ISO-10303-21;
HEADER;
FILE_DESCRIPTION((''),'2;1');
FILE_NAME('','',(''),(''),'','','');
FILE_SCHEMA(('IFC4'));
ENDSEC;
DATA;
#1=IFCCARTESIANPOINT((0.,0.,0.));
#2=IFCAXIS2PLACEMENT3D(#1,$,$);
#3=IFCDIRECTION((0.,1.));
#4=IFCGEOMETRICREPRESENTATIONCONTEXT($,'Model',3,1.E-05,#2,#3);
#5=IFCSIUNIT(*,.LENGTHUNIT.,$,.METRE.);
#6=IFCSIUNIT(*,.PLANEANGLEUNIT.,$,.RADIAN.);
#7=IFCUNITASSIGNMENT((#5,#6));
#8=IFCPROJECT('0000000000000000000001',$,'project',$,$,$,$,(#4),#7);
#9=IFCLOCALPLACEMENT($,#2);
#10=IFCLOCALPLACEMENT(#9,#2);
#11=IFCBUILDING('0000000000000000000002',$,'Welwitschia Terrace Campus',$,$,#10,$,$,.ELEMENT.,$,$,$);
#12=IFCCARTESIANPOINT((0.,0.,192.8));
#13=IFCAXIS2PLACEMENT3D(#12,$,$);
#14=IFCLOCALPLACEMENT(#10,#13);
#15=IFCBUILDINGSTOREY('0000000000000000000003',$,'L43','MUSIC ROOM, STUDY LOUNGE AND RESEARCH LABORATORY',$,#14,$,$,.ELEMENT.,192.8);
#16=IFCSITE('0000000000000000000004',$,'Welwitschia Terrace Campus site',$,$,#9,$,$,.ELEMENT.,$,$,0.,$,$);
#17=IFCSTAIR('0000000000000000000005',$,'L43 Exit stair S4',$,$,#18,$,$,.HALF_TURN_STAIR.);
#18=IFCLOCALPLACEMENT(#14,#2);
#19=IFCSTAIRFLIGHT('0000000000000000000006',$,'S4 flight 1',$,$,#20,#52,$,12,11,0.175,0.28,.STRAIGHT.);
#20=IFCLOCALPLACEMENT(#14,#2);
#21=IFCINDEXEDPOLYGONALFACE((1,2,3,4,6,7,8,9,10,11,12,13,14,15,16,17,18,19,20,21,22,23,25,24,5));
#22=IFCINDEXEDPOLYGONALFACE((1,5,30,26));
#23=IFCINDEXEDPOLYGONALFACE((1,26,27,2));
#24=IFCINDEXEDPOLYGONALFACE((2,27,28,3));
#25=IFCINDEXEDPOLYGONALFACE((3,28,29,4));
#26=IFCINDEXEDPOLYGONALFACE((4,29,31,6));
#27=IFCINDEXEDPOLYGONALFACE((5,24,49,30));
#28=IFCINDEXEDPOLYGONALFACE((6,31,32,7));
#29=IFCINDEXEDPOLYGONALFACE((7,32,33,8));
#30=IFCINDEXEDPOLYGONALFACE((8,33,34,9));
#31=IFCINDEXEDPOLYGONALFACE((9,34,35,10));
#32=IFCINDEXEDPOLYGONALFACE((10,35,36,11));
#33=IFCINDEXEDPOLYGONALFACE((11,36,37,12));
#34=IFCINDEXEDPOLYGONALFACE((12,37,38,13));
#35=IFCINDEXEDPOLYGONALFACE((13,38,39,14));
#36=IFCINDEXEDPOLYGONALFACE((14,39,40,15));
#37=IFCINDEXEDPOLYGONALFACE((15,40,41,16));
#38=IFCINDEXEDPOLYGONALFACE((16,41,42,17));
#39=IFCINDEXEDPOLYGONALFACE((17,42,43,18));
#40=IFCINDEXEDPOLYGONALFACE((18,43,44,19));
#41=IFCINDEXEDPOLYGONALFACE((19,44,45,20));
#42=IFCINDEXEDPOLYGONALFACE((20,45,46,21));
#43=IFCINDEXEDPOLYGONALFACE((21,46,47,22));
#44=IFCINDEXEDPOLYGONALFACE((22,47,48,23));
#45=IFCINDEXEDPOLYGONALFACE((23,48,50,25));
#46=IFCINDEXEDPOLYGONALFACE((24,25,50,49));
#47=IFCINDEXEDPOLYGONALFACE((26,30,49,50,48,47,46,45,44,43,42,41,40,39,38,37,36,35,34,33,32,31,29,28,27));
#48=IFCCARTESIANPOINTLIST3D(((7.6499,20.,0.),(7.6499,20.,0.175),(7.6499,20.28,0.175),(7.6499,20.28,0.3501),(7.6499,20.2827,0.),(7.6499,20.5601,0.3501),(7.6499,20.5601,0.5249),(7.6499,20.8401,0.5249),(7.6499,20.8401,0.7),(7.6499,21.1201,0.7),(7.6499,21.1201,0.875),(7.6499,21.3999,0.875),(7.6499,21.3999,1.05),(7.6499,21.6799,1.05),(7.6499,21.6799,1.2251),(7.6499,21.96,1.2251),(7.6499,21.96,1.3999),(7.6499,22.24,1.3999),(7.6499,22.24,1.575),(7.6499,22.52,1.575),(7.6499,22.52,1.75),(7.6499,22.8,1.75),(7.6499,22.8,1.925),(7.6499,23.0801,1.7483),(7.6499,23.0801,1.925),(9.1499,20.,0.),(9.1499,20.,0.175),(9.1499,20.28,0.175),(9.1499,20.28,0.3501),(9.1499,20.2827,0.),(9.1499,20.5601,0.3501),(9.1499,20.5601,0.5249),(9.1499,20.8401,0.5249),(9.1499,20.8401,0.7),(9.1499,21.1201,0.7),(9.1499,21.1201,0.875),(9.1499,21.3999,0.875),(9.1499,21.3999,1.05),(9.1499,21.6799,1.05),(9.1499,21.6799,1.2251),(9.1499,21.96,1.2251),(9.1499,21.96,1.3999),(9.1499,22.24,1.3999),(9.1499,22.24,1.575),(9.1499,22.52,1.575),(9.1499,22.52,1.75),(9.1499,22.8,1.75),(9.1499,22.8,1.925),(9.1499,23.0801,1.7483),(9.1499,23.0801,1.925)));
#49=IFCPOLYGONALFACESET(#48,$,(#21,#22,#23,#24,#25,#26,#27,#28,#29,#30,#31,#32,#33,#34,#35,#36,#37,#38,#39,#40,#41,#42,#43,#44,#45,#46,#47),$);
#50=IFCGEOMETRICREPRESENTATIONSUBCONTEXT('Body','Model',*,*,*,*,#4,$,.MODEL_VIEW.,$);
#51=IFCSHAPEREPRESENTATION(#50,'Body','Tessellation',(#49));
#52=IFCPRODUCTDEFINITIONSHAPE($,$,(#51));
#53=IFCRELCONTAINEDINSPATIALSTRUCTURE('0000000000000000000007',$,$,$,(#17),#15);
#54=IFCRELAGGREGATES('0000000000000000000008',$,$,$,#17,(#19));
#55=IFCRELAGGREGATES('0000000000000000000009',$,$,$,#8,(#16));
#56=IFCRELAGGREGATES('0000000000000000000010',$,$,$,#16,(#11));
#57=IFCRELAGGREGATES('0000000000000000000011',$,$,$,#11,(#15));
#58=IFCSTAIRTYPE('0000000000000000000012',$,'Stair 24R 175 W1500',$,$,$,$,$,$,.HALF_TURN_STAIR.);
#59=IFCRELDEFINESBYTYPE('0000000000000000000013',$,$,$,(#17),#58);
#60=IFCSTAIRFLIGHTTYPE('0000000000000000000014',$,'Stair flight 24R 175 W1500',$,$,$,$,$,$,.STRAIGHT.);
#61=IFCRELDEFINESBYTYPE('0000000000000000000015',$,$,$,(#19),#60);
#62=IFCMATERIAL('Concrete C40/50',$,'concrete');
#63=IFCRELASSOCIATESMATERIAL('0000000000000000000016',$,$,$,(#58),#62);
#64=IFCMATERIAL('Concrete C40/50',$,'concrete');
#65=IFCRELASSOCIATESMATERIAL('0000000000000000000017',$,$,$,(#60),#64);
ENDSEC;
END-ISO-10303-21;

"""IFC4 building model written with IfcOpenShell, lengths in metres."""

from ifc_helpers import new_model, si_unit, direction, frame, origin, place, context, subcontext, project, spatial, polyline, outline, extrude, material, type_object, element, aggregate, save


model = new_model("IFC4")

# Units and contexts
model_context = context("Model", 3, precision=1e-05, world=origin(), true_north=direction((0.0, 1.0)))
body_context = subcontext(model_context, "Body", "Model", "MODEL_VIEW")
ifc_project = project(units=[si_unit("LENGTHUNIT", "METRE"), si_unit("PLANEANGLEUNIT", "RADIAN")], contexts=[model_context])

# Site, building, storey
site_placement = place(None, origin())
site = spatial("IfcSite", under=ifc_project, at=site_placement, Name="Welwitschia Terrace Campus site", CompositionType="ELEMENT", RefElevation=0.0)
building_placement = place(site_placement, origin())
building = spatial("IfcBuilding", under=site, at=building_placement, Name="Welwitschia Terrace Campus", CompositionType="ELEMENT")
storey_placement = place(building_placement, frame((0.0, 0.0, 192.8)))
storey = spatial("IfcBuildingStorey", under=building, at=storey_placement, Name="L43", Description="MUSIC ROOM, STUDY LOUNGE AND RESEARCH LABORATORY", CompositionType="ELEMENT", Elevation=192.8)

# Stair, stair flight
ifc_material_1 = material(Name="Concrete C40/50", Category="concrete")
stair_type = type_object("IfcStairType", Name="Stair 24R 175 W1500", PredefinedType="HALF_TURN_STAIR", material=ifc_material_1)
ifc_material_2 = material(Name="Concrete C40/50", Category="concrete")
stair_flight_type = type_object("IfcStairFlightType", Name="Stair flight 24R 175 W1500", PredefinedType="STRAIGHT", material=ifc_material_2)
stair_1_placement = place(storey_placement, origin())
stair_1 = element("IfcStair", 1, at=stair_1_placement, inside=storey, type_object=stair_type, Name="L43 Exit stair S4", PredefinedType="HALF_TURN_STAIR")
stair_flight_1_placement = place(storey_placement, frame((8.3999, 20.0, 0.0), z_axis=(0.0, 0.0, 1.0), x_axis=(0.0, 1.0, 0.0)))
stair_flight_1 = element("IfcStairFlight", 2, at=stair_flight_1_placement, type_object=stair_flight_type, Name="S4 flight 1", NumberOfRisers=12, NumberOfTreads=11, PredefinedType="STRAIGHT", RiserHeight=0.175, TreadLength=0.28, context=body_context, shape_type="SweptSolid", body=[
    extrude(outline(polyline([(0.0, 0.0), (0.0, 0.175), (0.28, 0.175), (0.28, 0.3501), (0.5601, 0.3501), (0.5601, 0.5249), (0.8401, 0.5249), (0.8401, 0.7), (1.1201, 0.7), (1.1201, 0.875), (1.3999, 0.875), (1.3999, 1.05), (1.6799, 1.05), (1.6799, 1.2251), (1.96, 1.2251), (1.96, 1.3999), (2.24, 1.3999), (2.24, 1.575), (2.52, 1.575), (2.52, 1.75), (2.8, 1.75), (2.8, 1.925), (3.0801, 1.925), (3.0801, 2.1001), (3.0801, 1.7483), (0.2827, 0.0), (0.0, 0.0)])), frame((0.0, 0.75, 0.0), z_axis=(0.0, -1.0, 0.0), x_axis=(1.0, 0.0, 0.0)), (0.0, 0.0, 1.0), 1.5),
])
aggregate(stair_1, [stair_flight_1])

save(model, "model.ifc")
